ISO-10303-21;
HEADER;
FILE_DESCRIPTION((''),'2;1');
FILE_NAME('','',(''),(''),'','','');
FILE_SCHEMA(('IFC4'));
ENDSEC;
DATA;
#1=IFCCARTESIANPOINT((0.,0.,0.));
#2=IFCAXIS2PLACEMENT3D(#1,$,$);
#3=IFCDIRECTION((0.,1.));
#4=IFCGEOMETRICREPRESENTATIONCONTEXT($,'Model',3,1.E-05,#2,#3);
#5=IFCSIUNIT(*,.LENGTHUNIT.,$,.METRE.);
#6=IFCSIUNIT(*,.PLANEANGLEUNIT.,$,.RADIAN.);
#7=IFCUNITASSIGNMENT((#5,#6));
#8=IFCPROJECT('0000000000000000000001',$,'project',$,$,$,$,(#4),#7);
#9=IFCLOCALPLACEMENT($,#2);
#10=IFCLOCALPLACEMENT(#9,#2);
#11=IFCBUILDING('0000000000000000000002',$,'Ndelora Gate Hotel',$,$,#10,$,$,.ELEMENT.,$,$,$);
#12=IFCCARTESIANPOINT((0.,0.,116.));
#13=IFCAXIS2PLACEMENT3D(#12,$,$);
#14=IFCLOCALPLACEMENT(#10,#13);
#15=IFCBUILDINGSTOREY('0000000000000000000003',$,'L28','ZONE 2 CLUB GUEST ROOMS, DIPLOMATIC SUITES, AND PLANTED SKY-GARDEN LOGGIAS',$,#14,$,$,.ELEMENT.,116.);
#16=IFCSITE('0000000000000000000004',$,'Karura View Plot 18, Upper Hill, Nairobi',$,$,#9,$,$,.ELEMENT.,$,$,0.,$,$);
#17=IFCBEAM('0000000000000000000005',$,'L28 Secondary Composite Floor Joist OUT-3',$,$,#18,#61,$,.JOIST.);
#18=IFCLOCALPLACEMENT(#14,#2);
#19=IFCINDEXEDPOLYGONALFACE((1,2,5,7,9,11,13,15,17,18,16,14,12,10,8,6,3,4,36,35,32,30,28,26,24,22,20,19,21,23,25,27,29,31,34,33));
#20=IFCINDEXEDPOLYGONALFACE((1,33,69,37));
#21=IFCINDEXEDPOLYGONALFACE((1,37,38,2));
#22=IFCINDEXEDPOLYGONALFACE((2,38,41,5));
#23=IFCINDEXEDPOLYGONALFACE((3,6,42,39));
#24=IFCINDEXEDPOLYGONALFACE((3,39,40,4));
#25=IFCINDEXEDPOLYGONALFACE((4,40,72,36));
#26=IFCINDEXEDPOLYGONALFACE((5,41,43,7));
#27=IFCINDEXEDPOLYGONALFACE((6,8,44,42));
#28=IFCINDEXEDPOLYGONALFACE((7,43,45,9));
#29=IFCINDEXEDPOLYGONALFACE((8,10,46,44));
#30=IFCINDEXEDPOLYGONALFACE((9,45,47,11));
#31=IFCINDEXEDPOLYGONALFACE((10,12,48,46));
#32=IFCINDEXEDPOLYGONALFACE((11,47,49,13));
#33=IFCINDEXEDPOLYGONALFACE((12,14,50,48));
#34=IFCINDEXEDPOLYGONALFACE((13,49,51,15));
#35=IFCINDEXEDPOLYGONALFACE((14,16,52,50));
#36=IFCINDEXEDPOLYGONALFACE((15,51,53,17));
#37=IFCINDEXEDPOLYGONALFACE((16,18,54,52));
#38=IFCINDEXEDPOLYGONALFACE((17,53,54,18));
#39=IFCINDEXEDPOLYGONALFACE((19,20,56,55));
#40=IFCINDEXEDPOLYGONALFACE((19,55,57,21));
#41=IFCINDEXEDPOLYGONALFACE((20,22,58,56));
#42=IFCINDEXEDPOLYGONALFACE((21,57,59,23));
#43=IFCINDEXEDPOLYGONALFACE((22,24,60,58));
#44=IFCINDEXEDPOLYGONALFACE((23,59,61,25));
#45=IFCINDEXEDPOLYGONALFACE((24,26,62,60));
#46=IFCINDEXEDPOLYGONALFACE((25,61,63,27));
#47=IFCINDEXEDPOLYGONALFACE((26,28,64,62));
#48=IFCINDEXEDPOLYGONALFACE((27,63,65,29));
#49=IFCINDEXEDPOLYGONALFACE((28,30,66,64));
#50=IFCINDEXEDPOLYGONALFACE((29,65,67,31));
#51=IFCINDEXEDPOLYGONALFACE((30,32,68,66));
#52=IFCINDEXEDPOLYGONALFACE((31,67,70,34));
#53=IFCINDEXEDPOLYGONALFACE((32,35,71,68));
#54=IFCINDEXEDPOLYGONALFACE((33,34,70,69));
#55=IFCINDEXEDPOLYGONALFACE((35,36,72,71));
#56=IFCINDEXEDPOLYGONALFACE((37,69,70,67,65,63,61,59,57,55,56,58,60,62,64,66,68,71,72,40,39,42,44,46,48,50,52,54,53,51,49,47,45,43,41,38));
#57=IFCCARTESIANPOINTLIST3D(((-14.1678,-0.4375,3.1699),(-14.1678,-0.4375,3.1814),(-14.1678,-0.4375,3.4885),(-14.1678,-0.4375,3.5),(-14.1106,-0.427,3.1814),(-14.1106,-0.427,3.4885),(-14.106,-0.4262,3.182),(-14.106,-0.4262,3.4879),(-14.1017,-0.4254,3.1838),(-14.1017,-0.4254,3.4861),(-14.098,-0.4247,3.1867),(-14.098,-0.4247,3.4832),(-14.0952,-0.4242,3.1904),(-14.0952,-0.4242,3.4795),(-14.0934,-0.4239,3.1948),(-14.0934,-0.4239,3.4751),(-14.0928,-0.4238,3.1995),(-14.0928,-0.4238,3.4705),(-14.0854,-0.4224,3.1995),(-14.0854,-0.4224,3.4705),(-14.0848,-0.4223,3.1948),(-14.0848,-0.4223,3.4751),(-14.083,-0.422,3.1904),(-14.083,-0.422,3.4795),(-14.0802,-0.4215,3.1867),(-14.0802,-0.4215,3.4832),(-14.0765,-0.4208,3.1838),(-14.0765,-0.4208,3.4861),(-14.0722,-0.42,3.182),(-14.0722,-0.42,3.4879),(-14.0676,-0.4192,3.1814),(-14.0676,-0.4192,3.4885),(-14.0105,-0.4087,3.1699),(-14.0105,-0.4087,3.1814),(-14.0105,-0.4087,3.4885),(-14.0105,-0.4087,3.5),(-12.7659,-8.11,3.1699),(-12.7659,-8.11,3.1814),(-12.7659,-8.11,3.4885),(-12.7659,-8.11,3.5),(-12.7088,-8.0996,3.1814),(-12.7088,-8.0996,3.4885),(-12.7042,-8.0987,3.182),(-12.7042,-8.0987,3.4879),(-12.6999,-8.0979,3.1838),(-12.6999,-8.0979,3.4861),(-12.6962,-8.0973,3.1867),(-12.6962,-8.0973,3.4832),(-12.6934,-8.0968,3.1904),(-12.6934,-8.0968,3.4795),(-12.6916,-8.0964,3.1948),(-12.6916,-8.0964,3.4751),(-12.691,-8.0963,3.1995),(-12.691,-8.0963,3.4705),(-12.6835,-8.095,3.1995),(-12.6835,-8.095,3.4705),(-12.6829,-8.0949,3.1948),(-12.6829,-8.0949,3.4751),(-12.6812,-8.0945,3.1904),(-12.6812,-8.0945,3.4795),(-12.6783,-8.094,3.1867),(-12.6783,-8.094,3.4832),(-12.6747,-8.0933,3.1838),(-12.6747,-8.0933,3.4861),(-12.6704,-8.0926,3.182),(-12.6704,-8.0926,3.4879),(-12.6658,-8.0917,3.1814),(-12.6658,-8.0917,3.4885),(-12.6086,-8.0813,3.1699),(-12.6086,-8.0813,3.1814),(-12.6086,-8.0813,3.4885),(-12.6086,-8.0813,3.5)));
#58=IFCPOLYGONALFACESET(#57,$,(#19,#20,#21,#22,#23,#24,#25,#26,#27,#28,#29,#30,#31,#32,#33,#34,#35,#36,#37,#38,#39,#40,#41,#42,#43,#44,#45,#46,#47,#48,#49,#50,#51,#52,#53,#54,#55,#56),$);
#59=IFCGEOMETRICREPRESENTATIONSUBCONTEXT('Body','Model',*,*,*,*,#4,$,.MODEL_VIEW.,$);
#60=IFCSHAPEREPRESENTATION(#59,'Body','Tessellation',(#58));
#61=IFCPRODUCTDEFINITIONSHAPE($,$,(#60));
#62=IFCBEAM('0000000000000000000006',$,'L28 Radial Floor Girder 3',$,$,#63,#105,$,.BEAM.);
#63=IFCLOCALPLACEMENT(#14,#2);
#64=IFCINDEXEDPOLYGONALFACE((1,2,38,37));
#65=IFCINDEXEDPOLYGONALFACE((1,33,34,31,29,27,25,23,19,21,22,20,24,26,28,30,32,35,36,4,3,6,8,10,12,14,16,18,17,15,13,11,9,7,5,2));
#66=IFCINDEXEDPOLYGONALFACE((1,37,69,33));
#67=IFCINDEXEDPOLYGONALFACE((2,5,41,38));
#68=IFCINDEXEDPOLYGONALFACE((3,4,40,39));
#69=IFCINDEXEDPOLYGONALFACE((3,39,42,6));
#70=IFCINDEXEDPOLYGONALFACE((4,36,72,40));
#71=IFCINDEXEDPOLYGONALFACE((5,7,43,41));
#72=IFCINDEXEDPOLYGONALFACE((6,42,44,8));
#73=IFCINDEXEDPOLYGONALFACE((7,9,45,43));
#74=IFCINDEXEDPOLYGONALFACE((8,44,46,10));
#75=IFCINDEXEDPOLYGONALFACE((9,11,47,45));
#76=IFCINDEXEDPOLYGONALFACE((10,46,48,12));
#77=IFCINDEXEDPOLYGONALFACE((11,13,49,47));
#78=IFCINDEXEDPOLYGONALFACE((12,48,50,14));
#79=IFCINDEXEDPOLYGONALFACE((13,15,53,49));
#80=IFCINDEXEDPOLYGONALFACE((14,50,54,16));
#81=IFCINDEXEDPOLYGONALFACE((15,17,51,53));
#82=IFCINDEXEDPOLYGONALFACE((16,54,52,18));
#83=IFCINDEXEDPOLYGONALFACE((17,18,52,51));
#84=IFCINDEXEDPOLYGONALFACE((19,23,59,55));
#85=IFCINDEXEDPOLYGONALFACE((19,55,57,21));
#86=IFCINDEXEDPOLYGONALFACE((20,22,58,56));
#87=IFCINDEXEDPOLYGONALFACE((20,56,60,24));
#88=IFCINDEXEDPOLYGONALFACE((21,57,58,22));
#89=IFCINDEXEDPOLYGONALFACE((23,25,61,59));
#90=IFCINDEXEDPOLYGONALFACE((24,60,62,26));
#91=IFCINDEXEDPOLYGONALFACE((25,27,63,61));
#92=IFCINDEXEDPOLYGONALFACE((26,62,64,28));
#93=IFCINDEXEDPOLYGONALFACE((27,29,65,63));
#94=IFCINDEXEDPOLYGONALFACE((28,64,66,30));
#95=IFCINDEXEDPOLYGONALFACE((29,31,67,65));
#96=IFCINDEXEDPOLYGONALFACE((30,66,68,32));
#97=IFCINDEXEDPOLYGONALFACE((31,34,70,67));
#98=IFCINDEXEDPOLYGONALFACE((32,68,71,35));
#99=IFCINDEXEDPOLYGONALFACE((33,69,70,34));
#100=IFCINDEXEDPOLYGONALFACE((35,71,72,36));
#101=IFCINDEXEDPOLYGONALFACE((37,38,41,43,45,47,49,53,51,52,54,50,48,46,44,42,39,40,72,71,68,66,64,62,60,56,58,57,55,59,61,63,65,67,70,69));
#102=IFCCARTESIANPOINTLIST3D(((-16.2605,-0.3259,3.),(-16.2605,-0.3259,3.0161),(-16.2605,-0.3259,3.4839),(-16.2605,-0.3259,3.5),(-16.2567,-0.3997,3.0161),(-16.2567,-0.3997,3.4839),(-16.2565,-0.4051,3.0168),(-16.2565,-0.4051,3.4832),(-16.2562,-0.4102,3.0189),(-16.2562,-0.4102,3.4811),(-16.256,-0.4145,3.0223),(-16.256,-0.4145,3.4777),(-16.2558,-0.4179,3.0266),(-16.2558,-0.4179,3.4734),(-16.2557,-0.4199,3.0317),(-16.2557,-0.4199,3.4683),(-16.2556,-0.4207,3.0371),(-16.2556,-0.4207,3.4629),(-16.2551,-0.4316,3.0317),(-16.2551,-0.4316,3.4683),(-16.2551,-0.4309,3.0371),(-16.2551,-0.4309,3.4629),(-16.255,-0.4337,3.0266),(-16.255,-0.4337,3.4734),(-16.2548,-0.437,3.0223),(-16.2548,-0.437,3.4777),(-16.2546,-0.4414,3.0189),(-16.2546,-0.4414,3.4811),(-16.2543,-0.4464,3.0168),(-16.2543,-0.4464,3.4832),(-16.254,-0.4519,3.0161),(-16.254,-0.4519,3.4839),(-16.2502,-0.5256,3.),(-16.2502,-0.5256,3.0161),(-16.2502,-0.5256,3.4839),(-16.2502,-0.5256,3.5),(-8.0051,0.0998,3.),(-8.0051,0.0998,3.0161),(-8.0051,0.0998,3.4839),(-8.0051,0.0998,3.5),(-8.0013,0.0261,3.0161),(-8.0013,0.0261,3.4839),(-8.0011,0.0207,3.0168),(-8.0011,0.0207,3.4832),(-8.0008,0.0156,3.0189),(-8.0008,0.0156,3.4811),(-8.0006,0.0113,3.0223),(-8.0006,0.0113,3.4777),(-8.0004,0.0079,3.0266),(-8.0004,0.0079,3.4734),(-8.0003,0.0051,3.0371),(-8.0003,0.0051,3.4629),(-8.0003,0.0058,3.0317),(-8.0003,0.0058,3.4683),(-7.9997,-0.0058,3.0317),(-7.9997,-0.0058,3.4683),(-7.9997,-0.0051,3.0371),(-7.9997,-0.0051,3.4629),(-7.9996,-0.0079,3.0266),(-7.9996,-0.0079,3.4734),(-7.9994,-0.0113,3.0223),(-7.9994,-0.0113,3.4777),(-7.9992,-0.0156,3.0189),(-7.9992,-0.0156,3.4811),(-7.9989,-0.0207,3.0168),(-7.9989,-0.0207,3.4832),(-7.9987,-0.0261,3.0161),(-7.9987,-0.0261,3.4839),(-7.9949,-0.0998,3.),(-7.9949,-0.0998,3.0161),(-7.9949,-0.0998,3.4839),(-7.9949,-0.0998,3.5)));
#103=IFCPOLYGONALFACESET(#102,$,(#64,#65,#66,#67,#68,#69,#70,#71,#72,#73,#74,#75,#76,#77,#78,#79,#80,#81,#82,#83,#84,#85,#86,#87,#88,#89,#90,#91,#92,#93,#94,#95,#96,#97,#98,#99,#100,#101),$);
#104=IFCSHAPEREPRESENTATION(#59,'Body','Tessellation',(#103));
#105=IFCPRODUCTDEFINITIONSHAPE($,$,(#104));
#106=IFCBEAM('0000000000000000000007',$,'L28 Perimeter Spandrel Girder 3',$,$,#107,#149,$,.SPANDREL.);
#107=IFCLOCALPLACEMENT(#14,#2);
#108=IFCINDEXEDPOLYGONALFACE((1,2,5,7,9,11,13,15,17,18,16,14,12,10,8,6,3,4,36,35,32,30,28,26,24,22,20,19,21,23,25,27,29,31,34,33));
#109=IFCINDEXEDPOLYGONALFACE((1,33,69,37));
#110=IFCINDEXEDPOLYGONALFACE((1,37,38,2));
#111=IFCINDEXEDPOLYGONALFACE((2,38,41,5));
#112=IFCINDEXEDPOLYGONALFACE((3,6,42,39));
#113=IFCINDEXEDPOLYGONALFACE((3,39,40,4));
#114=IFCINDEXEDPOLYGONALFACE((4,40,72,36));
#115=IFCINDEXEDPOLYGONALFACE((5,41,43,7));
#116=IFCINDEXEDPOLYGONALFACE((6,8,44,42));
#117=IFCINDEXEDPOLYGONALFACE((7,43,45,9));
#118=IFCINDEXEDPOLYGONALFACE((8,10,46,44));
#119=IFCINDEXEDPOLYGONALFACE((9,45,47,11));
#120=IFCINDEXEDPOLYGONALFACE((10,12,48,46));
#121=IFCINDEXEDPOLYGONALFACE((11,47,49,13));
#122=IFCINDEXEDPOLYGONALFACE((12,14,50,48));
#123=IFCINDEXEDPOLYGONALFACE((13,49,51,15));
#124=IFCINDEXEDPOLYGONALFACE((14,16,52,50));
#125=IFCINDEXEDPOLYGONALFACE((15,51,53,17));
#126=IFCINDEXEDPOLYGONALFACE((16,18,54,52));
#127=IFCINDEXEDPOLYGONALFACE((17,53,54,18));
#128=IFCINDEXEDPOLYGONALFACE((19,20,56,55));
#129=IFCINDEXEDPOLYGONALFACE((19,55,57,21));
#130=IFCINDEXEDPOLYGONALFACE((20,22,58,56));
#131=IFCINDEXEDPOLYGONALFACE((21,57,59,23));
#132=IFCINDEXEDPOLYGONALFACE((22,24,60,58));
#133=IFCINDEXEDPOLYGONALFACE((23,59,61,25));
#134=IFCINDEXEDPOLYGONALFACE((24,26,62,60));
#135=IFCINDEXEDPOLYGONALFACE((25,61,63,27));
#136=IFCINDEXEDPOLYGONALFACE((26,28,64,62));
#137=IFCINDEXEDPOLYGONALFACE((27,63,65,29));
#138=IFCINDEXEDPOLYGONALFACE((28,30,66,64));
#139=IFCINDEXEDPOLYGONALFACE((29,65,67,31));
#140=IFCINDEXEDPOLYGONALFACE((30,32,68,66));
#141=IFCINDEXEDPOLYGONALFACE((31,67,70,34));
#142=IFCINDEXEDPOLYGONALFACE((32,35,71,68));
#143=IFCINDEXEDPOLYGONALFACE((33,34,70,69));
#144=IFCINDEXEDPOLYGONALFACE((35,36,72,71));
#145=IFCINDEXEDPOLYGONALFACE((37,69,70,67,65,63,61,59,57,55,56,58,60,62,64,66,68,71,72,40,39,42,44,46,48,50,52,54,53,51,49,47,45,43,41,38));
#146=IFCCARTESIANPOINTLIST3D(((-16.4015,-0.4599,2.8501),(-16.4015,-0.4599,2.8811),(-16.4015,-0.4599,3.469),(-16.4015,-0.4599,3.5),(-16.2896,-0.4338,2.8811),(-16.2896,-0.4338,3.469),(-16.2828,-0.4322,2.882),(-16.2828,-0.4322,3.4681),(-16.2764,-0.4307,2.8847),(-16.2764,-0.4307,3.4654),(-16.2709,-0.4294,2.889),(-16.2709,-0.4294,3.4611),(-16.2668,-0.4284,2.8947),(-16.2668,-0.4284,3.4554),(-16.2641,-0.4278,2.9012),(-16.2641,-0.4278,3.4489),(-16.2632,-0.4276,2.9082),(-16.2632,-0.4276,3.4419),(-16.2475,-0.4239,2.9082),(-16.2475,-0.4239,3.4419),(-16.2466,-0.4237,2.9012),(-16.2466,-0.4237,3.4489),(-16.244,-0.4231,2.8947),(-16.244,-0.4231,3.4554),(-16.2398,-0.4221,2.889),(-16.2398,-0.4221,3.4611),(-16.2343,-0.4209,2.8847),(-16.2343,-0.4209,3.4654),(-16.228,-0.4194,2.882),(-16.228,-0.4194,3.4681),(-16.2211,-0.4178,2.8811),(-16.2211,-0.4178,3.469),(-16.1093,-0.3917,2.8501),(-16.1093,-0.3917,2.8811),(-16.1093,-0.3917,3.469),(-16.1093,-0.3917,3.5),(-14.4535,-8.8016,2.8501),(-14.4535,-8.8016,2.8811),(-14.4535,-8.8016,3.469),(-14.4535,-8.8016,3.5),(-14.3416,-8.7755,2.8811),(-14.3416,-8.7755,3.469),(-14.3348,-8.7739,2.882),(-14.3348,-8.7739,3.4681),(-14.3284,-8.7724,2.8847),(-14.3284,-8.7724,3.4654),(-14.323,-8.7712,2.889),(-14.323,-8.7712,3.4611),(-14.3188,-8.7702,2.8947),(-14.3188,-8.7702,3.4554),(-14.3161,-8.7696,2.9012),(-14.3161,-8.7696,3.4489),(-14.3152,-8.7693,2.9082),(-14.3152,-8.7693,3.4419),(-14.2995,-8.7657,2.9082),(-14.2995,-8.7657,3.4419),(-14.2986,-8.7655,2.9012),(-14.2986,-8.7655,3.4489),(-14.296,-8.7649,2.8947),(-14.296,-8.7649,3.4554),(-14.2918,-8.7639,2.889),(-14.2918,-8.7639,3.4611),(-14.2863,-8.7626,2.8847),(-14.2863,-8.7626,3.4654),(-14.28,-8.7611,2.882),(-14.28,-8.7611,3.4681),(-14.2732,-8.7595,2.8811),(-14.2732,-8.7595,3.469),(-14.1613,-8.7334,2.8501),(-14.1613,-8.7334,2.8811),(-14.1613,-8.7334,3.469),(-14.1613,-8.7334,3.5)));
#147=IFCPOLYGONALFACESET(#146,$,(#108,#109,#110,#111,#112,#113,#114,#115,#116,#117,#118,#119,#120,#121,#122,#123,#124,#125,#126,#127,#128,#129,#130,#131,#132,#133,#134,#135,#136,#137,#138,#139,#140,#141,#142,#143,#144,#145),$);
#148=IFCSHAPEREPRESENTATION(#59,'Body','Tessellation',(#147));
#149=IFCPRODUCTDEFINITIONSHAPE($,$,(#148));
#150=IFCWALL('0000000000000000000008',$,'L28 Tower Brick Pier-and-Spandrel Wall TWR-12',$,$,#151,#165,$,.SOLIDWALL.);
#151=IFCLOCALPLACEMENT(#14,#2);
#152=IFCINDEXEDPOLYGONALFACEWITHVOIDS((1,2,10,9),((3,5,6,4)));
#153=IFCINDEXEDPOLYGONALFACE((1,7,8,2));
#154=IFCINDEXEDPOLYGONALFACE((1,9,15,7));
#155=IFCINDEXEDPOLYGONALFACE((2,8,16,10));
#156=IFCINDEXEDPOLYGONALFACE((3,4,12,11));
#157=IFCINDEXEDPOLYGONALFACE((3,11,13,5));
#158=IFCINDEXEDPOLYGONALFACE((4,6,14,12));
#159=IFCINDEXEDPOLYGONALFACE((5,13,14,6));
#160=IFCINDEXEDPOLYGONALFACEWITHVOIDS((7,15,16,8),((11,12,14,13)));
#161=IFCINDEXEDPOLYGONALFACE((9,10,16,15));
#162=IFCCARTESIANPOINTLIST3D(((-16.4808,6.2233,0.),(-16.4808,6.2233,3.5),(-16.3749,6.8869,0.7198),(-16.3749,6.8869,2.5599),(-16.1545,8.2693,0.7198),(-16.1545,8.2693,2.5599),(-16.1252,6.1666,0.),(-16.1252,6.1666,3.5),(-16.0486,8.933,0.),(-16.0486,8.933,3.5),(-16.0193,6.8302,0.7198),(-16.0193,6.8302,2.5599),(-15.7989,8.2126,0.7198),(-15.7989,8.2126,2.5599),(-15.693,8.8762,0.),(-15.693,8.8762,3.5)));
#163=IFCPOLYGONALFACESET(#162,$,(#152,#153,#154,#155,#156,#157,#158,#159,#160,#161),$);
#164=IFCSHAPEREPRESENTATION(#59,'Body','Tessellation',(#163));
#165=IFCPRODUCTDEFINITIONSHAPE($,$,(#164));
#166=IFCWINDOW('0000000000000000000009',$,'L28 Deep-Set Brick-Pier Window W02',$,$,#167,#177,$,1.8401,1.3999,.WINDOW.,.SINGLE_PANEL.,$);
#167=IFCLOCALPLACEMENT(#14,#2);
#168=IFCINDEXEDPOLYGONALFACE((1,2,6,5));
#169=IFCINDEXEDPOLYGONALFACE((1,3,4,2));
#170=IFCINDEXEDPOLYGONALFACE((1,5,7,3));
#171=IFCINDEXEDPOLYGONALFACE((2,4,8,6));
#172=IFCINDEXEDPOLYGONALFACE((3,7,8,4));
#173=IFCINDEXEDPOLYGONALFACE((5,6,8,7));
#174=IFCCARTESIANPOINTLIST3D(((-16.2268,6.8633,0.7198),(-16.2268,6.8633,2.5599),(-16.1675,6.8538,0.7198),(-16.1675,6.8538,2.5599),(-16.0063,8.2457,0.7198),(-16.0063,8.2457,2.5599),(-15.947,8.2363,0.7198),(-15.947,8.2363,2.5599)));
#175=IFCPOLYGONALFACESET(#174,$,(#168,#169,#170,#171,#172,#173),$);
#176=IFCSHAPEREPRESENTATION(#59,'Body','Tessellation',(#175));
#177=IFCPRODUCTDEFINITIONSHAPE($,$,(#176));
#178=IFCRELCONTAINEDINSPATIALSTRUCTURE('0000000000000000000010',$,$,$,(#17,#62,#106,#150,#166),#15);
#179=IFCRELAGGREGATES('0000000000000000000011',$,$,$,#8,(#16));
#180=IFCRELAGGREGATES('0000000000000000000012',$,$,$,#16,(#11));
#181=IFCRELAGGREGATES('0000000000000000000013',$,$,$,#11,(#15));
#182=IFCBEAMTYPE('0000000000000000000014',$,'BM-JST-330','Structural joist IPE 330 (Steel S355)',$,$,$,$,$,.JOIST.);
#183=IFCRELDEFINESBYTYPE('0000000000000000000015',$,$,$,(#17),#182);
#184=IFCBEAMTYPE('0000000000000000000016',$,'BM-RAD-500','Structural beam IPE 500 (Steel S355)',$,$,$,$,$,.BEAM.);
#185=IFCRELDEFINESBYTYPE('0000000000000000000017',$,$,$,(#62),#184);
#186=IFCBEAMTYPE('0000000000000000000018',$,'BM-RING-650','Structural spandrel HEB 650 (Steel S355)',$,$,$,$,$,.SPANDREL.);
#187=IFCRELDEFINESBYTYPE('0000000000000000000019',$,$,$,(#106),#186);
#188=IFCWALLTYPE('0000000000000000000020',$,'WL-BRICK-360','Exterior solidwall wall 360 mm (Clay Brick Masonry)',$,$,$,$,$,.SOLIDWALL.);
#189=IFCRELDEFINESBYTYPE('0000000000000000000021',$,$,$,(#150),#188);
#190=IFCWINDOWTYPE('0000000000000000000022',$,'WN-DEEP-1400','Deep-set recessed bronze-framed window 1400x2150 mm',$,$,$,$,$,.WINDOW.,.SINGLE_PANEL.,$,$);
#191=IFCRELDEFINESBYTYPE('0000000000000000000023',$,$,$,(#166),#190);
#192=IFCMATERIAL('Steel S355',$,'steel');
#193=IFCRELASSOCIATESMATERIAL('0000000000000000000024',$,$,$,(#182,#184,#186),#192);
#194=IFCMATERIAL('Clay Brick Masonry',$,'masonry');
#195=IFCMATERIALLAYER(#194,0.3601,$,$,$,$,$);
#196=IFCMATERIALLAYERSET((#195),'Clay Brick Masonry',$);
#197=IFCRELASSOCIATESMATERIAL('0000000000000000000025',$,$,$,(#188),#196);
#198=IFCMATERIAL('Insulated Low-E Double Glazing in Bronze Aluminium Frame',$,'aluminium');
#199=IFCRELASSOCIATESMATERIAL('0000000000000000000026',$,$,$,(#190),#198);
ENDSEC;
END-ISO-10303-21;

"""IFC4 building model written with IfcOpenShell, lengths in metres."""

from ifc_helpers import new_model, si_unit, direction, frame, frame_2d, origin, origin_2d, place, context, subcontext, project, spatial, rectangle, i_section, extrude, material, layer, layer_set, material_profile, profile_set, type_object, element, fill, save


model = new_model("IFC4")

# Units and contexts
model_context = context("Model", 3, precision=1e-05, world=origin(), true_north=direction((0.0, 1.0)))
body_context = subcontext(model_context, "Body", "Model", "MODEL_VIEW")
ifc_project = project(units=[si_unit("LENGTHUNIT", "METRE"), si_unit("PLANEANGLEUNIT", "RADIAN")], contexts=[model_context])

# Site, building, storey
site_placement = place(None, origin())
site = spatial("IfcSite", under=ifc_project, at=site_placement, Name="Karura View Plot 18, Upper Hill, Nairobi", CompositionType="ELEMENT", RefElevation=0.0)
building_placement = place(site_placement, origin())
building = spatial("IfcBuilding", under=site, at=building_placement, Name="Ndelora Gate Hotel", CompositionType="ELEMENT")
storey_placement = place(building_placement, frame((0.0, 0.0, 116.0)))
storey = spatial("IfcBuildingStorey", under=building, at=storey_placement, Name="L28", Description="ZONE 2 CLUB GUEST ROOMS, DIPLOMATIC SUITES, AND PLANTED SKY-GARDEN LOGGIAS", CompositionType="ELEMENT", Elevation=116.0)

# Beams
ifc_material_1 = material(Name="Steel S355", Category="steel")
ifc_material_profile_1 = material_profile(ifc_material_1, i_section(OverallWidth=0.1599, OverallDepth=0.3301, WebThickness=0.0076, FlangeThickness=0.0115, FilletRadius=0.0181, at=origin_2d()), Name="IPE 330")
ifc_profile_set_1 = profile_set([ifc_material_profile_1], Name="Steel S355")
beam_type_1 = type_object("IfcBeamType", Name="BM-JST-330", Description="Structural joist IPE 330 (Steel S355)", PredefinedType="JOIST", material=ifc_profile_set_1)
beam_1_placement = place(storey_placement, frame((-14.0891, -0.4231, 3.335), z_axis=(0.179734, -0.983715, 0.0), x_axis=(0.983715, 0.179734, 0.0)))
element("IfcBeam", 1, at=beam_1_placement, inside=storey, type_object=beam_type_1, Name="L28 Secondary Composite Floor Joist OUT-3", PredefinedType="JOIST", context=body_context, shape_type="SweptSolid", body=[
    extrude(i_section(OverallWidth=0.1599, OverallDepth=0.3301, WebThickness=0.0076, FlangeThickness=0.0115, FilletRadius=0.0181, at=origin_2d()), origin(), (0.0, 0.0, 1.0), 7.7996),
])
ifc_material_profile_2 = material_profile(ifc_material_1, i_section(OverallWidth=0.2, OverallDepth=0.5, WebThickness=0.0103, FlangeThickness=0.0161, FilletRadius=0.021, at=origin_2d()), Name="IPE 500")
ifc_profile_set_2 = profile_set([ifc_material_profile_2], Name="Steel S355")
beam_type_2 = type_object("IfcBeamType", Name="BM-RAD-500", Description="Structural beam IPE 500 (Steel S355)", PredefinedType="BEAM", material=ifc_profile_set_2)
beam_2_placement = place(storey_placement, frame((-8.0, 0.0, 3.25), z_axis=(-0.998673, -0.051508, 0.0), x_axis=(0.051508, -0.998673, 0.0)))
element("IfcBeam", 2, at=beam_2_placement, inside=storey, type_object=beam_type_2, Name="L28 Radial Floor Girder 3", PredefinedType="BEAM", context=body_context, shape_type="SweptSolid", body=[
    extrude(i_section(OverallWidth=0.2, OverallDepth=0.5, WebThickness=0.0103, FlangeThickness=0.0161, FilletRadius=0.021, at=origin_2d()), origin(), (0.0, 0.0, 1.0), 8.2664),
])
ifc_material_profile_3 = material_profile(ifc_material_1, i_section(OverallWidth=0.3, OverallDepth=0.6499, WebThickness=0.0161, FlangeThickness=0.031, FilletRadius=0.0271, at=origin_2d()), Name="HEB 650")
ifc_profile_set_3 = profile_set([ifc_material_profile_3], Name="Steel S355")
beam_type_3 = type_object("IfcBeamType", Name="BM-RING-650", Description="Structural spandrel HEB 650 (Steel S355)", PredefinedType="SPANDREL", material=ifc_profile_set_3)
beam_3_placement = place(storey_placement, frame((-16.2554, -0.4258, 3.175), z_axis=(0.227404, -0.9738, 0.0), x_axis=(0.9738, 0.227404, 0.0)))
element("IfcBeam", 3, at=beam_3_placement, inside=storey, type_object=beam_type_3, Name="L28 Perimeter Spandrel Girder 3", PredefinedType="SPANDREL", context=body_context, shape_type="SweptSolid", body=[
    extrude(i_section(OverallWidth=0.3, OverallDepth=0.6499, WebThickness=0.0161, FlangeThickness=0.031, FilletRadius=0.0271, at=origin_2d()), origin(), (0.0, 0.0, 1.0), 8.5662),
])

# Wall, opening, window
ifc_material_2 = material(Name="Clay Brick Masonry", Category="masonry")
ifc_layer_1 = layer(ifc_material_2, 0.3601)
ifc_layer_set_1 = layer_set([ifc_layer_1], Name="Clay Brick Masonry")
wall_type_1 = type_object("IfcWallType", Name="WL-BRICK-360", Description="Exterior solidwall wall 360 mm (Clay Brick Masonry)", PredefinedType="SOLIDWALL", material=ifc_layer_set_1)
wall_1_placement = place(storey_placement, frame((-16.303, 6.1948, 0.0), z_axis=(0.0, 0.0, 1.0), x_axis=(0.157484, 0.987522, 0.0)))
wall_1 = element("IfcWall", 4, at=wall_1_placement, inside=storey, type_object=wall_type_1, Name="L28 Tower Brick Pier-and-Spandrel Wall TWR-12", PredefinedType="SOLIDWALL", context=body_context, shape_type="SweptSolid", body=[
    extrude(rectangle(XDim=2.7439, YDim=0.3601, at=frame_2d((1.3721, 0.0))), origin(), (0.0, 0.0, 1.0), 3.5),
])
opening_1_placement = place(wall_1_placement, frame((0.6721, 0.0, 0.72)))
opening_1 = element("IfcOpeningElement", 5, at=opening_1_placement, cuts=wall_1, PredefinedType="OPENING", context=body_context, shape_type="SweptSolid", body=[
    extrude(rectangle(XDim=1.3999, YDim=1.8401, at=frame_2d((0.7, 0.9199))), frame((0.0, 0.1899, 0.0), z_axis=(0.0, -1.0, 0.0), x_axis=(1.0, 0.0, 0.0)), (0.0, 0.0, 1.0), 0.3801),
])
ifc_material_3 = material(Name="Insulated Low-E Double Glazing in Bronze Aluminium Frame", Category="aluminium")
window_type = type_object("IfcWindowType", Name="WN-DEEP-1400", Description="Deep-set recessed bronze-framed window 1400x2150 mm", PartitioningType="SINGLE_PANEL", PredefinedType="WINDOW", material=ifc_material_3)
window_1_placement = place(opening_1_placement, origin())
window_1 = element("IfcWindow", 6, at=window_1_placement, inside=storey, type_object=window_type, Name="L28 Deep-Set Brick-Pier Window W02", OverallHeight=1.8401, OverallWidth=1.3999, PartitioningType="SINGLE_PANEL", PredefinedType="WINDOW", context=body_context, shape_type="SweptSolid", body=[
    extrude(rectangle(XDim=1.3999, YDim=1.8401, at=frame_2d((0.7, 0.9199))), frame((0.0, 0.03, 0.0), z_axis=(0.0, -1.0, 0.0), x_axis=(1.0, 0.0, 0.0)), (0.0, 0.0, 1.0), 0.0601),
])
fill(opening_1, window_1)

save(model, "model.ifc")
